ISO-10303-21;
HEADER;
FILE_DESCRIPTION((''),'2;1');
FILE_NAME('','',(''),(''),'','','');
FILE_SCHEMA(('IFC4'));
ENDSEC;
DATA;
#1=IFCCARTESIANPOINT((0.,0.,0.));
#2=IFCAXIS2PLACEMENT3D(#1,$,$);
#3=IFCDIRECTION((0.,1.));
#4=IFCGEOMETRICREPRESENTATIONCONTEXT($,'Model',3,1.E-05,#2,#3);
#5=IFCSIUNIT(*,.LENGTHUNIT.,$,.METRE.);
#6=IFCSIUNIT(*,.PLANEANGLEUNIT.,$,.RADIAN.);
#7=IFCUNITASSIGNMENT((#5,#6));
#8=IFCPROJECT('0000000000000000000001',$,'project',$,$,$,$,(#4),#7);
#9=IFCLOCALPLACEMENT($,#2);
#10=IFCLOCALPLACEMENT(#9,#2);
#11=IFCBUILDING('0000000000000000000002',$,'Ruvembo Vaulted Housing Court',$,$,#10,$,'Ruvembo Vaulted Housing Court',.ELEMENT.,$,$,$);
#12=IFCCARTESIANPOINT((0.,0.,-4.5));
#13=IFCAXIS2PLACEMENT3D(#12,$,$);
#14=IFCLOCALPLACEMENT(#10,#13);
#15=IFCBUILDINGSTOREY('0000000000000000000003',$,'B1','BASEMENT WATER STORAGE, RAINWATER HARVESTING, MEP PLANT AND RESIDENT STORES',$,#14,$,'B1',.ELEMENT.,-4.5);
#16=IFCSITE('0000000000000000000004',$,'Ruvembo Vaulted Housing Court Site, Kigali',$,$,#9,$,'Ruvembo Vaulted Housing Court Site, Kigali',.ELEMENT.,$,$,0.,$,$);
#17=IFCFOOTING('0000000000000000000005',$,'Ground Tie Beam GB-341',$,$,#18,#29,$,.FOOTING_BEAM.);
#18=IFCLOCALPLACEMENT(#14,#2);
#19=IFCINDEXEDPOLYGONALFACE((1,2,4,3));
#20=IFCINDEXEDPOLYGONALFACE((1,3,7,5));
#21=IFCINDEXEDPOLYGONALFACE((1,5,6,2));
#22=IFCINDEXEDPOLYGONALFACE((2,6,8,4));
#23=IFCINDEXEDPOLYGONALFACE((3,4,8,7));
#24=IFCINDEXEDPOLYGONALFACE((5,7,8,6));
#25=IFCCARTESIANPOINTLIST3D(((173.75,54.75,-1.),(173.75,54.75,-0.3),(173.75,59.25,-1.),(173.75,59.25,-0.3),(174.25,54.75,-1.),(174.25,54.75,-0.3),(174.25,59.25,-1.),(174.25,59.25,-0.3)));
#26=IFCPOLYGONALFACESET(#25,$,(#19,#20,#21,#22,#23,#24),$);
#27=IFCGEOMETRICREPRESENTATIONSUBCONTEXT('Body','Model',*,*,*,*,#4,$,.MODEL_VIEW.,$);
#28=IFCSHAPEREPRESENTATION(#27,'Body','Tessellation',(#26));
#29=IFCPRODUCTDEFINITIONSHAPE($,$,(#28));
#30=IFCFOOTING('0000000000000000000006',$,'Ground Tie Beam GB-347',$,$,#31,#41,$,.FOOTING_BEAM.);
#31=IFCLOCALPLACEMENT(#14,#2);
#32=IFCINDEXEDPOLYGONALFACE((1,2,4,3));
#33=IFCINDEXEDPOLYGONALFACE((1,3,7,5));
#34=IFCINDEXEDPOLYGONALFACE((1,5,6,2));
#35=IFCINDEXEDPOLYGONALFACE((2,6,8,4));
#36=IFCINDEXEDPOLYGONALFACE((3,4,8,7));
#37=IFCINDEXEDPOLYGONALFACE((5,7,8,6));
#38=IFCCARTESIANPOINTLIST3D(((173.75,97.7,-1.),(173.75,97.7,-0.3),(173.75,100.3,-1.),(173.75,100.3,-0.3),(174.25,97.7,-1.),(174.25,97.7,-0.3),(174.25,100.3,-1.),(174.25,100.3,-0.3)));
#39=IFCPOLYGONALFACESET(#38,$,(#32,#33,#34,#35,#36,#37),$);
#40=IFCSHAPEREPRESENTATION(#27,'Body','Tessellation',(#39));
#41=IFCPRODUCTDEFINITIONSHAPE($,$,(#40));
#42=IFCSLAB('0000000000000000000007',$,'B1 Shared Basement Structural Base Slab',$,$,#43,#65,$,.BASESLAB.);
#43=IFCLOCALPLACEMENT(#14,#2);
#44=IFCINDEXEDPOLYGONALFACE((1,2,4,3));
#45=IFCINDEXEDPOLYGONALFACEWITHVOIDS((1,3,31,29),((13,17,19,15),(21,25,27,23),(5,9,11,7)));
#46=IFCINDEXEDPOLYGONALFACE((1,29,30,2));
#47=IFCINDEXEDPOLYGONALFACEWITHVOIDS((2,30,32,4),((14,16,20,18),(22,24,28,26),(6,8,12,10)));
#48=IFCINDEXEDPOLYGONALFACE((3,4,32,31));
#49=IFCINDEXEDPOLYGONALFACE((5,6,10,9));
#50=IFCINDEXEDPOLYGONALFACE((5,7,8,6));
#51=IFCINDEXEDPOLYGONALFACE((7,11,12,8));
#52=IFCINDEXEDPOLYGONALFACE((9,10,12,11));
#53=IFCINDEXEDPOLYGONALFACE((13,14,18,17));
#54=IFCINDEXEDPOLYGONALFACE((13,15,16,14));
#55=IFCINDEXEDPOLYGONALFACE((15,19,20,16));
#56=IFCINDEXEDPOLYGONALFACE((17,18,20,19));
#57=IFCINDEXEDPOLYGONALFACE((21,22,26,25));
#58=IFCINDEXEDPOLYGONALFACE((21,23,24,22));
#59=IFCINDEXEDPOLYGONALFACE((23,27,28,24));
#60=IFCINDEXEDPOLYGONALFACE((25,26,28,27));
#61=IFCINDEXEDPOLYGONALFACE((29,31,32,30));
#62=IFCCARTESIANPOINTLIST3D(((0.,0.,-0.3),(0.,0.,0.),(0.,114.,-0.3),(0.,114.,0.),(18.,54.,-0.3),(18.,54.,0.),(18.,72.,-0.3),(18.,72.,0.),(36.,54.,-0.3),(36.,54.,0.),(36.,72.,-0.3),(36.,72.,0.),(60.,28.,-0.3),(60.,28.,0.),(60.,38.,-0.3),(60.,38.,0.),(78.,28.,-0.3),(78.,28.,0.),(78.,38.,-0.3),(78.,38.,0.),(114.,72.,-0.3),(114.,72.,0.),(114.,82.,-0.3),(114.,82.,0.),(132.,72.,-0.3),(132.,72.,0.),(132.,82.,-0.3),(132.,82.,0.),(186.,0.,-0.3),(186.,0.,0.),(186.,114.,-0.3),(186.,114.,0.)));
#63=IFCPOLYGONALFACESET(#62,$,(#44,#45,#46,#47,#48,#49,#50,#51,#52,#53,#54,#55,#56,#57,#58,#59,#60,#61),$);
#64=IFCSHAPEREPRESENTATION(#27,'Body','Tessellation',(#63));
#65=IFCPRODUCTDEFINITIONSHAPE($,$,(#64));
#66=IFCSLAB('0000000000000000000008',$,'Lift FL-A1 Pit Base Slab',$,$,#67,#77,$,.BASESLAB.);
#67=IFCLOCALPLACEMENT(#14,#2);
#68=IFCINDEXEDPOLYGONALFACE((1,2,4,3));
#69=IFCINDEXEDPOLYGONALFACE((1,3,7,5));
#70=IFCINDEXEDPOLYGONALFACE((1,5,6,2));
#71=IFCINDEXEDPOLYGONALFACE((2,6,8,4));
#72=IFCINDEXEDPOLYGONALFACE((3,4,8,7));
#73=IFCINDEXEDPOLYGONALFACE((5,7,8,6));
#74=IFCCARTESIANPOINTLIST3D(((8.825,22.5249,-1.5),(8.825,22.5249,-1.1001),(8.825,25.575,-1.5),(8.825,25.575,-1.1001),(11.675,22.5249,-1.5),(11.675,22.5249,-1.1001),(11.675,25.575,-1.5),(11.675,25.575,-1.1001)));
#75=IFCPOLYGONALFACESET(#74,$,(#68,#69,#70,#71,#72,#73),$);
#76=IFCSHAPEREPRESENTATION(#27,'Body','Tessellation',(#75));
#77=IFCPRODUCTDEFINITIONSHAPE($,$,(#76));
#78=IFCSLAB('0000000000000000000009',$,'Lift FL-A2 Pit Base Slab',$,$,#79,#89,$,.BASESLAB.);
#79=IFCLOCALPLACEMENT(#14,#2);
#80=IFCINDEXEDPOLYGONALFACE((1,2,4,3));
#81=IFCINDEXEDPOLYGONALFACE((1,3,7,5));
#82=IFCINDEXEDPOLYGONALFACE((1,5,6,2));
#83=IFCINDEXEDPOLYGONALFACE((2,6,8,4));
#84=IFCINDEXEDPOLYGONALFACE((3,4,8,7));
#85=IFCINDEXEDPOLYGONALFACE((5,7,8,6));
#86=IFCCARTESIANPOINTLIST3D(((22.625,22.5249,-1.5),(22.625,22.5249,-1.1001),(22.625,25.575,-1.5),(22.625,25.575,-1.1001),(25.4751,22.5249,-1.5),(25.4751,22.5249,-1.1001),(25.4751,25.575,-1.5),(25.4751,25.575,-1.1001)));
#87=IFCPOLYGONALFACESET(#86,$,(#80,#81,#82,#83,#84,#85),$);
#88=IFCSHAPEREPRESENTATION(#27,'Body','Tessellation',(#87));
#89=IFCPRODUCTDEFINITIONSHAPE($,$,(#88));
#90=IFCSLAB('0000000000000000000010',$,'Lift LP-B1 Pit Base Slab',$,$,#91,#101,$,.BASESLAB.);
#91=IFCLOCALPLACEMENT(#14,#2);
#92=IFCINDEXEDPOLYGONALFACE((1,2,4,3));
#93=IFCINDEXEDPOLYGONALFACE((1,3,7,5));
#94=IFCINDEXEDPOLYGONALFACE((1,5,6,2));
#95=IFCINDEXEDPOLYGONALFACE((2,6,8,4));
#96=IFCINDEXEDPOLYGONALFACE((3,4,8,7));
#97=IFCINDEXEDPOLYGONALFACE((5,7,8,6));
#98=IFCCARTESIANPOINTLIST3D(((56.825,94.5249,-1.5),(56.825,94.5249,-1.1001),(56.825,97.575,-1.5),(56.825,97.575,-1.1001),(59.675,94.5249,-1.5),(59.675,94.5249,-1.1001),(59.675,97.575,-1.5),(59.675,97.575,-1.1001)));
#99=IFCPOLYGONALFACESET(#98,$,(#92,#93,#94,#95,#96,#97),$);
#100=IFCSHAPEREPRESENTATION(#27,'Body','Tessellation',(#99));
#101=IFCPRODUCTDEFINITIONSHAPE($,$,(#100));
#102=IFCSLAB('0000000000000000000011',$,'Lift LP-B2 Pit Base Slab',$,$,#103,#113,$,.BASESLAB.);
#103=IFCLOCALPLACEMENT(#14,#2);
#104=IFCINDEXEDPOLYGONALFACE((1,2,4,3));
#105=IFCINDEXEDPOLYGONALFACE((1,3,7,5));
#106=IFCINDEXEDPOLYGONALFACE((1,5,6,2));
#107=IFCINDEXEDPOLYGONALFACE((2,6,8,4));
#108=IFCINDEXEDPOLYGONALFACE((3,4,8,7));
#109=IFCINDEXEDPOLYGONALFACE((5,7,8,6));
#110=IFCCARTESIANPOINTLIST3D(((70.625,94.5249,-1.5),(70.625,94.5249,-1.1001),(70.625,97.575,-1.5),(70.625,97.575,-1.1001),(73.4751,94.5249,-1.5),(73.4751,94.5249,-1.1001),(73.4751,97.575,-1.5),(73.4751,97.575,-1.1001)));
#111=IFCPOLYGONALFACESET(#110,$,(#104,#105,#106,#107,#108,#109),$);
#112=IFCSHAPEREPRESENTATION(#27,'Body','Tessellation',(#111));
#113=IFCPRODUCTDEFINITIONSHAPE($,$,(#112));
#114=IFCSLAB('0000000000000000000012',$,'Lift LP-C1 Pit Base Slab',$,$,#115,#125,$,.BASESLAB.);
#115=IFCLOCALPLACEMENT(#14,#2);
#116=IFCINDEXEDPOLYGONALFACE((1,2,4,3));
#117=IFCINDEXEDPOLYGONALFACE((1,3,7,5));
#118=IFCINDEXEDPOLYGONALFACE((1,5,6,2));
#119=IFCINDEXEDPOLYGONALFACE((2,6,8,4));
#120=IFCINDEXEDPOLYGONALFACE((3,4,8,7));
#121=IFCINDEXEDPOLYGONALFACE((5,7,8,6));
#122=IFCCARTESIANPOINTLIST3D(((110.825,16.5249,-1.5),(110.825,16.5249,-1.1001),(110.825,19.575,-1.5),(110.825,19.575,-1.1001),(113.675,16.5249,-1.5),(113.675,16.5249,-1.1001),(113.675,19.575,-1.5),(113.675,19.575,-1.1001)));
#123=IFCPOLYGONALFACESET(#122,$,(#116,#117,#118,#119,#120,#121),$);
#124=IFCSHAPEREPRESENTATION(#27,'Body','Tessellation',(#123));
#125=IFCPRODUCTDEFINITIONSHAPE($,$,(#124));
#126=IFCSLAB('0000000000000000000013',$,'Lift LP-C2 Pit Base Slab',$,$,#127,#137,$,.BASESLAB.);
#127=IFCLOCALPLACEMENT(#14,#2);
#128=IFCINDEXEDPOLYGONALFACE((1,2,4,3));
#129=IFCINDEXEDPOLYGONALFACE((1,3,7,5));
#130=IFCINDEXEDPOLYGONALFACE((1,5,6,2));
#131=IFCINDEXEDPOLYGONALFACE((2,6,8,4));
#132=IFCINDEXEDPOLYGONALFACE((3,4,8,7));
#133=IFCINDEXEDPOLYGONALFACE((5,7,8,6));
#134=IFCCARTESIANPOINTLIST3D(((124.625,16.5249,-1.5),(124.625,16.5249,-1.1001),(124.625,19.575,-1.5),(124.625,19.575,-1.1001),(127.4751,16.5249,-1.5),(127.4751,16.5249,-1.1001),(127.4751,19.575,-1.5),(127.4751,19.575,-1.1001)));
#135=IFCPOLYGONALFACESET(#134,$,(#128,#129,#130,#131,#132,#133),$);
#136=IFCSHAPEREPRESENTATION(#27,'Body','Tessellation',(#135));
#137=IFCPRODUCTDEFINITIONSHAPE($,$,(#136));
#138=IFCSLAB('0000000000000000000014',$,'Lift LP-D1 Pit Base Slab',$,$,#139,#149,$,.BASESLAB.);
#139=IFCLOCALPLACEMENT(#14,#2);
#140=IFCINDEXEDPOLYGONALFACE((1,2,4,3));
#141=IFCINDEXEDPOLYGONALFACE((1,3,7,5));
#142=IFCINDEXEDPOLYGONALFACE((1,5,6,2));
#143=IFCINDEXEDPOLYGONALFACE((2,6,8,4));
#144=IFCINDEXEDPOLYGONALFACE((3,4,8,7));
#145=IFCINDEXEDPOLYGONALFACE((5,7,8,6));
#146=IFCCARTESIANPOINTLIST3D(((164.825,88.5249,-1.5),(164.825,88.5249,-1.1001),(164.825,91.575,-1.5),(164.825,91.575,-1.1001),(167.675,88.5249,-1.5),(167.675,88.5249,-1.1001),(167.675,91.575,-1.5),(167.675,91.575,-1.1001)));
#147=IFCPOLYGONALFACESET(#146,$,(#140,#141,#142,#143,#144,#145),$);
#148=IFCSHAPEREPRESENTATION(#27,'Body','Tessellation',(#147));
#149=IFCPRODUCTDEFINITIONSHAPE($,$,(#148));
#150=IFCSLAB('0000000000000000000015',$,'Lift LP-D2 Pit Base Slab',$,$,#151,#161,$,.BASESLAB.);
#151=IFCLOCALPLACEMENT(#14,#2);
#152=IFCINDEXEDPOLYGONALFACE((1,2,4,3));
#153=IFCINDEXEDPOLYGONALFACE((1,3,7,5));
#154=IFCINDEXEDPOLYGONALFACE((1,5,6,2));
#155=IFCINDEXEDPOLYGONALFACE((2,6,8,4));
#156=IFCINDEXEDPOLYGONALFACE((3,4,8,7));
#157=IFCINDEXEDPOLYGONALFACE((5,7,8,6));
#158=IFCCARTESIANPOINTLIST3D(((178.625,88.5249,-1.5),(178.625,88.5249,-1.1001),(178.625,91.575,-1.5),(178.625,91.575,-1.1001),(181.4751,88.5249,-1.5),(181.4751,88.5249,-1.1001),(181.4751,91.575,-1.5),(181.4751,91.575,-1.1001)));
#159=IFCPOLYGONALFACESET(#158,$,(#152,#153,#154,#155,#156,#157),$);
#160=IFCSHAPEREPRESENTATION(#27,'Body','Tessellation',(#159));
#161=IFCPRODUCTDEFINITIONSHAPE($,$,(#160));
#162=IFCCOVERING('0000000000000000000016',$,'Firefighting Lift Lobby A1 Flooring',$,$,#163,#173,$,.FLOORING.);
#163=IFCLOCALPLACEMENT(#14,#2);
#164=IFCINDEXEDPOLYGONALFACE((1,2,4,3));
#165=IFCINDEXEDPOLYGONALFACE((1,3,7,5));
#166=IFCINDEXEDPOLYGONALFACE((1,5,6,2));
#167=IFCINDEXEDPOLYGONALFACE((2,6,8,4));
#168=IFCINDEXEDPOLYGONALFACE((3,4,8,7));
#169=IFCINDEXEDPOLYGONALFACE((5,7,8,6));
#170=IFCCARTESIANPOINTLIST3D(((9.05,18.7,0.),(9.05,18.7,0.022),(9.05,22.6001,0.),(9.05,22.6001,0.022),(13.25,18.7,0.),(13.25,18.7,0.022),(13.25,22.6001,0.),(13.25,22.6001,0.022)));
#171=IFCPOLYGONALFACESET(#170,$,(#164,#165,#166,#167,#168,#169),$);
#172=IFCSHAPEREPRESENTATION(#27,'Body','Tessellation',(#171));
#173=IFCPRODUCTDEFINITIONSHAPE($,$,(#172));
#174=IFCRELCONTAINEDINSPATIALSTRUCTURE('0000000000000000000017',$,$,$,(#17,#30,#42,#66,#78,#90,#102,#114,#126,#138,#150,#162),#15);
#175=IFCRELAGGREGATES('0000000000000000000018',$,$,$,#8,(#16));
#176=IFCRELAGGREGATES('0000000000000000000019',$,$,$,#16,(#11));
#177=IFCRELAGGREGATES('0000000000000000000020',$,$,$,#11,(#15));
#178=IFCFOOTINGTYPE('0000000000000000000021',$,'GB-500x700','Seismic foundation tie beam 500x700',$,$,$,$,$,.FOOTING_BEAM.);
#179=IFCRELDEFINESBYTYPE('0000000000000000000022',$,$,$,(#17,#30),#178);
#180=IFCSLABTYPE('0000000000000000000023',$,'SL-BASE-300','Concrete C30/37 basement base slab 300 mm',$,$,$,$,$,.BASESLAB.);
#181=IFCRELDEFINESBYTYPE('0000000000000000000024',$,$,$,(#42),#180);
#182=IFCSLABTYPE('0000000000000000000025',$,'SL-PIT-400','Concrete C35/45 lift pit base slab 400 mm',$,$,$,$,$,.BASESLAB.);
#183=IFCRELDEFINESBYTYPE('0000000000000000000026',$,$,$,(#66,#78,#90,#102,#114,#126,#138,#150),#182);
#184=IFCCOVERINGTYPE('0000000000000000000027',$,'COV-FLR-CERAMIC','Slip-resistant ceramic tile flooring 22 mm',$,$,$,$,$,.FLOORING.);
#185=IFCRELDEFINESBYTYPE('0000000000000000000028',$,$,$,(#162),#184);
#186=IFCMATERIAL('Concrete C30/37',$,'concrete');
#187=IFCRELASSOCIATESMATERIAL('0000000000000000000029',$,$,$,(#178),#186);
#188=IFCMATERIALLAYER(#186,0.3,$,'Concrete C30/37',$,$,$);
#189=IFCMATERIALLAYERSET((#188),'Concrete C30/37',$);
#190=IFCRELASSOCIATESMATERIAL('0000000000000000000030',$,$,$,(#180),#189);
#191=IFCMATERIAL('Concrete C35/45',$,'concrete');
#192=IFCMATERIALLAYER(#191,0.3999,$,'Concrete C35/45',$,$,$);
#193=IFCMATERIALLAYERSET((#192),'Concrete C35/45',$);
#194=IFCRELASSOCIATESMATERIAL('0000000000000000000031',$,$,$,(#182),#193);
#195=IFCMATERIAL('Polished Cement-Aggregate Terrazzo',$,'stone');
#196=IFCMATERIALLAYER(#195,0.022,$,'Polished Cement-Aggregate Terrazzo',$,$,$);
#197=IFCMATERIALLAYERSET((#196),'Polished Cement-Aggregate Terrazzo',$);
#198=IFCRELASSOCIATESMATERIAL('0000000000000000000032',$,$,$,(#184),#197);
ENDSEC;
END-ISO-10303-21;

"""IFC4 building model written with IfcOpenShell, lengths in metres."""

from ifc_helpers import new_model, si_unit, direction, frame, origin, place, context, subcontext, project, spatial, polyline, outline, extrude, material, layer, layer_set, type_object, element, save


model = new_model("IFC4")

# Units and contexts
model_context = context("Model", 3, precision=1e-05, world=origin(), true_north=direction((0.0, 1.0)))
body_context = subcontext(model_context, "Body", "Model", "MODEL_VIEW")
ifc_project = project(units=[si_unit("LENGTHUNIT", "METRE"), si_unit("PLANEANGLEUNIT", "RADIAN")], contexts=[model_context])

# Site, building, storey
site_placement = place(None, origin())
site = spatial("IfcSite", under=ifc_project, at=site_placement, Name="Ruvembo Vaulted Housing Court Site, Kigali", LongName="Ruvembo Vaulted Housing Court Site, Kigali", CompositionType="ELEMENT", RefElevation=0.0)
building_placement = place(site_placement, origin())
building = spatial("IfcBuilding", under=site, at=building_placement, Name="Ruvembo Vaulted Housing Court", LongName="Ruvembo Vaulted Housing Court", CompositionType="ELEMENT")
storey_placement = place(building_placement, frame((0.0, 0.0, -4.5)))
storey = spatial("IfcBuildingStorey", under=building, at=storey_placement, Name="B1", Description="BASEMENT WATER STORAGE, RAINWATER HARVESTING, MEP PLANT AND RESIDENT STORES", LongName="B1", CompositionType="ELEMENT", Elevation=-4.5)

# Footings
ifc_material_1 = material(Name="Concrete C30/37", Category="concrete")
footing_type_1 = type_object("IfcFootingType", Name="GB-500x700", Description="Seismic foundation tie beam 500x700", PredefinedType="FOOTING_BEAM", material=ifc_material_1)
footing_1_placement = place(storey_placement, frame((0.0, 0.0, -1.0)))
element("IfcFooting", 1, at=footing_1_placement, inside=storey, type_object=footing_type_1, Name="Ground Tie Beam GB-341", PredefinedType="FOOTING_BEAM", context=body_context, shape_type="SweptSolid", body=[
    extrude(outline(polyline([(173.75, 54.75), (174.25, 54.75), (174.25, 59.25), (173.75, 59.25), (173.75, 54.75)])), origin(), (0.0, 0.0, 1.0), 0.7),
])
footing_2_placement = place(storey_placement, frame((0.0, 0.0, -1.0)))
element("IfcFooting", 2, at=footing_2_placement, inside=storey, type_object=footing_type_1, Name="Ground Tie Beam GB-347", PredefinedType="FOOTING_BEAM", context=body_context, shape_type="SweptSolid", body=[
    extrude(outline(polyline([(173.75, 97.7), (174.25, 97.7), (174.25, 100.3), (173.75, 100.3), (173.75, 97.7)])), origin(), (0.0, 0.0, 1.0), 0.7),
])

# Slabs
ifc_layer_1 = layer(ifc_material_1, 0.3, Name="Concrete C30/37")
ifc_layer_set_1 = layer_set([ifc_layer_1], Name="Concrete C30/37")
slab_type_1 = type_object("IfcSlabType", Name="SL-BASE-300", Description="Concrete C30/37 basement base slab 300 mm", PredefinedType="BASESLAB", material=ifc_layer_set_1)
slab_1_placement = place(storey_placement, frame((0.0, 0.0, -0.3)))
element("IfcSlab", 3, at=slab_1_placement, inside=storey, type_object=slab_type_1, Name="B1 Shared Basement Structural Base Slab", PredefinedType="BASESLAB", context=body_context, shape_type="SweptSolid", body=[
    extrude(outline(polyline([(186.0, 0.0), (186.0, 114.0), (0.0, 114.0), (0.0, 0.0), (186.0, 0.0)]), holes=[polyline([(18.0, 54.0), (36.0, 54.0), (36.0, 72.0), (18.0, 72.0), (18.0, 54.0)]), polyline([(60.0, 28.0), (78.0, 28.0), (78.0, 38.0), (60.0, 38.0), (60.0, 28.0)]), polyline([(114.0, 72.0), (132.0, 72.0), (132.0, 82.0), (114.0, 82.0), (114.0, 72.0)])]), origin(), (0.0, 0.0, 1.0), 0.3),
])
ifc_material_2 = material(Name="Concrete C35/45", Category="concrete")
ifc_layer_2 = layer(ifc_material_2, 0.3999, Name="Concrete C35/45")
ifc_layer_set_2 = layer_set([ifc_layer_2], Name="Concrete C35/45")
slab_type_2 = type_object("IfcSlabType", Name="SL-PIT-400", Description="Concrete C35/45 lift pit base slab 400 mm", PredefinedType="BASESLAB", material=ifc_layer_set_2)
slab_2_placement = place(storey_placement, frame((0.0, 0.0, -1.5)))
element("IfcSlab", 4, at=slab_2_placement, inside=storey, type_object=slab_type_2, Name="Lift FL-A1 Pit Base Slab", PredefinedType="BASESLAB", context=body_context, shape_type="SweptSolid", body=[
    extrude(outline(polyline([(8.825, 22.5249), (11.675, 22.5249), (11.675, 25.575), (8.825, 25.575), (8.825, 22.5249)])), origin(), (0.0, 0.0, 1.0), 0.3999),
])
slab_3_placement = place(storey_placement, frame((0.0, 0.0, -1.5)))
element("IfcSlab", 5, at=slab_3_placement, inside=storey, type_object=slab_type_2, Name="Lift FL-A2 Pit Base Slab", PredefinedType="BASESLAB", context=body_context, shape_type="SweptSolid", body=[
    extrude(outline(polyline([(22.625, 22.5249), (25.4751, 22.5249), (25.4751, 25.575), (22.625, 25.575), (22.625, 22.5249)])), origin(), (0.0, 0.0, 1.0), 0.3999),
])
slab_4_placement = place(storey_placement, frame((0.0, 0.0, -1.5)))
element("IfcSlab", 6, at=slab_4_placement, inside=storey, type_object=slab_type_2, Name="Lift LP-B1 Pit Base Slab", PredefinedType="BASESLAB", context=body_context, shape_type="SweptSolid", body=[
    extrude(outline(polyline([(56.825, 94.5249), (59.675, 94.5249), (59.675, 97.575), (56.825, 97.575), (56.825, 94.5249)])), origin(), (0.0, 0.0, 1.0), 0.3999),
])
slab_5_placement = place(storey_placement, frame((0.0, 0.0, -1.5)))
element("IfcSlab", 7, at=slab_5_placement, inside=storey, type_object=slab_type_2, Name="Lift LP-B2 Pit Base Slab", PredefinedType="BASESLAB", context=body_context, shape_type="SweptSolid", body=[
    extrude(outline(polyline([(70.625, 94.5249), (73.4751, 94.5249), (73.4751, 97.575), (70.625, 97.575), (70.625, 94.5249)])), origin(), (0.0, 0.0, 1.0), 0.3999),
])
slab_6_placement = place(storey_placement, frame((0.0, 0.0, -1.5)))
element("IfcSlab", 8, at=slab_6_placement, inside=storey, type_object=slab_type_2, Name="Lift LP-C1 Pit Base Slab", PredefinedType="BASESLAB", context=body_context, shape_type="SweptSolid", body=[
    extrude(outline(polyline([(110.825, 16.5249), (113.675, 16.5249), (113.675, 19.575), (110.825, 19.575), (110.825, 16.5249)])), origin(), (0.0, 0.0, 1.0), 0.3999),
])
slab_7_placement = place(storey_placement, frame((0.0, 0.0, -1.5)))
element("IfcSlab", 9, at=slab_7_placement, inside=storey, type_object=slab_type_2, Name="Lift LP-C2 Pit Base Slab", PredefinedType="BASESLAB", context=body_context, shape_type="SweptSolid", body=[
    extrude(outline(polyline([(124.625, 16.5249), (127.4751, 16.5249), (127.4751, 19.575), (124.625, 19.575), (124.625, 16.5249)])), origin(), (0.0, 0.0, 1.0), 0.3999),
])
slab_8_placement = place(storey_placement, frame((0.0, 0.0, -1.5)))
element("IfcSlab", 10, at=slab_8_placement, inside=storey, type_object=slab_type_2, Name="Lift LP-D1 Pit Base Slab", PredefinedType="BASESLAB", context=body_context, shape_type="SweptSolid", body=[
    extrude(outline(polyline([(164.825, 88.5249), (167.675, 88.5249), (167.675, 91.575), (164.825, 91.575), (164.825, 88.5249)])), origin(), (0.0, 0.0, 1.0), 0.3999),
])
slab_9_placement = place(storey_placement, frame((0.0, 0.0, -1.5)))
element("IfcSlab", 11, at=slab_9_placement, inside=storey, type_object=slab_type_2, Name="Lift LP-D2 Pit Base Slab", PredefinedType="BASESLAB", context=body_context, shape_type="SweptSolid", body=[
    extrude(outline(polyline([(178.625, 88.5249), (181.4751, 88.5249), (181.4751, 91.575), (178.625, 91.575), (178.625, 88.5249)])), origin(), (0.0, 0.0, 1.0), 0.3999),
])

# Covering
ifc_material_3 = material(Name="Polished Cement-Aggregate Terrazzo", Category="stone")
ifc_layer_3 = layer(ifc_material_3, 0.022, Name="Polished Cement-Aggregate Terrazzo")
ifc_layer_set_3 = layer_set([ifc_layer_3], Name="Polished Cement-Aggregate Terrazzo")
covering_type = type_object("IfcCoveringType", Name="COV-FLR-CERAMIC", Description="Slip-resistant ceramic tile flooring 22 mm", PredefinedType="FLOORING", material=ifc_layer_set_3)
covering_placement = place(storey_placement, origin())
element("IfcCovering", 12, at=covering_placement, inside=storey, type_object=covering_type, Name="Firefighting Lift Lobby A1 Flooring", PredefinedType="FLOORING", context=body_context, shape_type="SweptSolid", body=[
    extrude(outline(polyline([(13.25, 22.6001), (9.05, 22.6001), (9.05, 18.7), (13.25, 18.7), (13.25, 22.6001)])), origin(), (0.0, 0.0, 1.0), 0.022),
])

save(model, "model.ifc")
